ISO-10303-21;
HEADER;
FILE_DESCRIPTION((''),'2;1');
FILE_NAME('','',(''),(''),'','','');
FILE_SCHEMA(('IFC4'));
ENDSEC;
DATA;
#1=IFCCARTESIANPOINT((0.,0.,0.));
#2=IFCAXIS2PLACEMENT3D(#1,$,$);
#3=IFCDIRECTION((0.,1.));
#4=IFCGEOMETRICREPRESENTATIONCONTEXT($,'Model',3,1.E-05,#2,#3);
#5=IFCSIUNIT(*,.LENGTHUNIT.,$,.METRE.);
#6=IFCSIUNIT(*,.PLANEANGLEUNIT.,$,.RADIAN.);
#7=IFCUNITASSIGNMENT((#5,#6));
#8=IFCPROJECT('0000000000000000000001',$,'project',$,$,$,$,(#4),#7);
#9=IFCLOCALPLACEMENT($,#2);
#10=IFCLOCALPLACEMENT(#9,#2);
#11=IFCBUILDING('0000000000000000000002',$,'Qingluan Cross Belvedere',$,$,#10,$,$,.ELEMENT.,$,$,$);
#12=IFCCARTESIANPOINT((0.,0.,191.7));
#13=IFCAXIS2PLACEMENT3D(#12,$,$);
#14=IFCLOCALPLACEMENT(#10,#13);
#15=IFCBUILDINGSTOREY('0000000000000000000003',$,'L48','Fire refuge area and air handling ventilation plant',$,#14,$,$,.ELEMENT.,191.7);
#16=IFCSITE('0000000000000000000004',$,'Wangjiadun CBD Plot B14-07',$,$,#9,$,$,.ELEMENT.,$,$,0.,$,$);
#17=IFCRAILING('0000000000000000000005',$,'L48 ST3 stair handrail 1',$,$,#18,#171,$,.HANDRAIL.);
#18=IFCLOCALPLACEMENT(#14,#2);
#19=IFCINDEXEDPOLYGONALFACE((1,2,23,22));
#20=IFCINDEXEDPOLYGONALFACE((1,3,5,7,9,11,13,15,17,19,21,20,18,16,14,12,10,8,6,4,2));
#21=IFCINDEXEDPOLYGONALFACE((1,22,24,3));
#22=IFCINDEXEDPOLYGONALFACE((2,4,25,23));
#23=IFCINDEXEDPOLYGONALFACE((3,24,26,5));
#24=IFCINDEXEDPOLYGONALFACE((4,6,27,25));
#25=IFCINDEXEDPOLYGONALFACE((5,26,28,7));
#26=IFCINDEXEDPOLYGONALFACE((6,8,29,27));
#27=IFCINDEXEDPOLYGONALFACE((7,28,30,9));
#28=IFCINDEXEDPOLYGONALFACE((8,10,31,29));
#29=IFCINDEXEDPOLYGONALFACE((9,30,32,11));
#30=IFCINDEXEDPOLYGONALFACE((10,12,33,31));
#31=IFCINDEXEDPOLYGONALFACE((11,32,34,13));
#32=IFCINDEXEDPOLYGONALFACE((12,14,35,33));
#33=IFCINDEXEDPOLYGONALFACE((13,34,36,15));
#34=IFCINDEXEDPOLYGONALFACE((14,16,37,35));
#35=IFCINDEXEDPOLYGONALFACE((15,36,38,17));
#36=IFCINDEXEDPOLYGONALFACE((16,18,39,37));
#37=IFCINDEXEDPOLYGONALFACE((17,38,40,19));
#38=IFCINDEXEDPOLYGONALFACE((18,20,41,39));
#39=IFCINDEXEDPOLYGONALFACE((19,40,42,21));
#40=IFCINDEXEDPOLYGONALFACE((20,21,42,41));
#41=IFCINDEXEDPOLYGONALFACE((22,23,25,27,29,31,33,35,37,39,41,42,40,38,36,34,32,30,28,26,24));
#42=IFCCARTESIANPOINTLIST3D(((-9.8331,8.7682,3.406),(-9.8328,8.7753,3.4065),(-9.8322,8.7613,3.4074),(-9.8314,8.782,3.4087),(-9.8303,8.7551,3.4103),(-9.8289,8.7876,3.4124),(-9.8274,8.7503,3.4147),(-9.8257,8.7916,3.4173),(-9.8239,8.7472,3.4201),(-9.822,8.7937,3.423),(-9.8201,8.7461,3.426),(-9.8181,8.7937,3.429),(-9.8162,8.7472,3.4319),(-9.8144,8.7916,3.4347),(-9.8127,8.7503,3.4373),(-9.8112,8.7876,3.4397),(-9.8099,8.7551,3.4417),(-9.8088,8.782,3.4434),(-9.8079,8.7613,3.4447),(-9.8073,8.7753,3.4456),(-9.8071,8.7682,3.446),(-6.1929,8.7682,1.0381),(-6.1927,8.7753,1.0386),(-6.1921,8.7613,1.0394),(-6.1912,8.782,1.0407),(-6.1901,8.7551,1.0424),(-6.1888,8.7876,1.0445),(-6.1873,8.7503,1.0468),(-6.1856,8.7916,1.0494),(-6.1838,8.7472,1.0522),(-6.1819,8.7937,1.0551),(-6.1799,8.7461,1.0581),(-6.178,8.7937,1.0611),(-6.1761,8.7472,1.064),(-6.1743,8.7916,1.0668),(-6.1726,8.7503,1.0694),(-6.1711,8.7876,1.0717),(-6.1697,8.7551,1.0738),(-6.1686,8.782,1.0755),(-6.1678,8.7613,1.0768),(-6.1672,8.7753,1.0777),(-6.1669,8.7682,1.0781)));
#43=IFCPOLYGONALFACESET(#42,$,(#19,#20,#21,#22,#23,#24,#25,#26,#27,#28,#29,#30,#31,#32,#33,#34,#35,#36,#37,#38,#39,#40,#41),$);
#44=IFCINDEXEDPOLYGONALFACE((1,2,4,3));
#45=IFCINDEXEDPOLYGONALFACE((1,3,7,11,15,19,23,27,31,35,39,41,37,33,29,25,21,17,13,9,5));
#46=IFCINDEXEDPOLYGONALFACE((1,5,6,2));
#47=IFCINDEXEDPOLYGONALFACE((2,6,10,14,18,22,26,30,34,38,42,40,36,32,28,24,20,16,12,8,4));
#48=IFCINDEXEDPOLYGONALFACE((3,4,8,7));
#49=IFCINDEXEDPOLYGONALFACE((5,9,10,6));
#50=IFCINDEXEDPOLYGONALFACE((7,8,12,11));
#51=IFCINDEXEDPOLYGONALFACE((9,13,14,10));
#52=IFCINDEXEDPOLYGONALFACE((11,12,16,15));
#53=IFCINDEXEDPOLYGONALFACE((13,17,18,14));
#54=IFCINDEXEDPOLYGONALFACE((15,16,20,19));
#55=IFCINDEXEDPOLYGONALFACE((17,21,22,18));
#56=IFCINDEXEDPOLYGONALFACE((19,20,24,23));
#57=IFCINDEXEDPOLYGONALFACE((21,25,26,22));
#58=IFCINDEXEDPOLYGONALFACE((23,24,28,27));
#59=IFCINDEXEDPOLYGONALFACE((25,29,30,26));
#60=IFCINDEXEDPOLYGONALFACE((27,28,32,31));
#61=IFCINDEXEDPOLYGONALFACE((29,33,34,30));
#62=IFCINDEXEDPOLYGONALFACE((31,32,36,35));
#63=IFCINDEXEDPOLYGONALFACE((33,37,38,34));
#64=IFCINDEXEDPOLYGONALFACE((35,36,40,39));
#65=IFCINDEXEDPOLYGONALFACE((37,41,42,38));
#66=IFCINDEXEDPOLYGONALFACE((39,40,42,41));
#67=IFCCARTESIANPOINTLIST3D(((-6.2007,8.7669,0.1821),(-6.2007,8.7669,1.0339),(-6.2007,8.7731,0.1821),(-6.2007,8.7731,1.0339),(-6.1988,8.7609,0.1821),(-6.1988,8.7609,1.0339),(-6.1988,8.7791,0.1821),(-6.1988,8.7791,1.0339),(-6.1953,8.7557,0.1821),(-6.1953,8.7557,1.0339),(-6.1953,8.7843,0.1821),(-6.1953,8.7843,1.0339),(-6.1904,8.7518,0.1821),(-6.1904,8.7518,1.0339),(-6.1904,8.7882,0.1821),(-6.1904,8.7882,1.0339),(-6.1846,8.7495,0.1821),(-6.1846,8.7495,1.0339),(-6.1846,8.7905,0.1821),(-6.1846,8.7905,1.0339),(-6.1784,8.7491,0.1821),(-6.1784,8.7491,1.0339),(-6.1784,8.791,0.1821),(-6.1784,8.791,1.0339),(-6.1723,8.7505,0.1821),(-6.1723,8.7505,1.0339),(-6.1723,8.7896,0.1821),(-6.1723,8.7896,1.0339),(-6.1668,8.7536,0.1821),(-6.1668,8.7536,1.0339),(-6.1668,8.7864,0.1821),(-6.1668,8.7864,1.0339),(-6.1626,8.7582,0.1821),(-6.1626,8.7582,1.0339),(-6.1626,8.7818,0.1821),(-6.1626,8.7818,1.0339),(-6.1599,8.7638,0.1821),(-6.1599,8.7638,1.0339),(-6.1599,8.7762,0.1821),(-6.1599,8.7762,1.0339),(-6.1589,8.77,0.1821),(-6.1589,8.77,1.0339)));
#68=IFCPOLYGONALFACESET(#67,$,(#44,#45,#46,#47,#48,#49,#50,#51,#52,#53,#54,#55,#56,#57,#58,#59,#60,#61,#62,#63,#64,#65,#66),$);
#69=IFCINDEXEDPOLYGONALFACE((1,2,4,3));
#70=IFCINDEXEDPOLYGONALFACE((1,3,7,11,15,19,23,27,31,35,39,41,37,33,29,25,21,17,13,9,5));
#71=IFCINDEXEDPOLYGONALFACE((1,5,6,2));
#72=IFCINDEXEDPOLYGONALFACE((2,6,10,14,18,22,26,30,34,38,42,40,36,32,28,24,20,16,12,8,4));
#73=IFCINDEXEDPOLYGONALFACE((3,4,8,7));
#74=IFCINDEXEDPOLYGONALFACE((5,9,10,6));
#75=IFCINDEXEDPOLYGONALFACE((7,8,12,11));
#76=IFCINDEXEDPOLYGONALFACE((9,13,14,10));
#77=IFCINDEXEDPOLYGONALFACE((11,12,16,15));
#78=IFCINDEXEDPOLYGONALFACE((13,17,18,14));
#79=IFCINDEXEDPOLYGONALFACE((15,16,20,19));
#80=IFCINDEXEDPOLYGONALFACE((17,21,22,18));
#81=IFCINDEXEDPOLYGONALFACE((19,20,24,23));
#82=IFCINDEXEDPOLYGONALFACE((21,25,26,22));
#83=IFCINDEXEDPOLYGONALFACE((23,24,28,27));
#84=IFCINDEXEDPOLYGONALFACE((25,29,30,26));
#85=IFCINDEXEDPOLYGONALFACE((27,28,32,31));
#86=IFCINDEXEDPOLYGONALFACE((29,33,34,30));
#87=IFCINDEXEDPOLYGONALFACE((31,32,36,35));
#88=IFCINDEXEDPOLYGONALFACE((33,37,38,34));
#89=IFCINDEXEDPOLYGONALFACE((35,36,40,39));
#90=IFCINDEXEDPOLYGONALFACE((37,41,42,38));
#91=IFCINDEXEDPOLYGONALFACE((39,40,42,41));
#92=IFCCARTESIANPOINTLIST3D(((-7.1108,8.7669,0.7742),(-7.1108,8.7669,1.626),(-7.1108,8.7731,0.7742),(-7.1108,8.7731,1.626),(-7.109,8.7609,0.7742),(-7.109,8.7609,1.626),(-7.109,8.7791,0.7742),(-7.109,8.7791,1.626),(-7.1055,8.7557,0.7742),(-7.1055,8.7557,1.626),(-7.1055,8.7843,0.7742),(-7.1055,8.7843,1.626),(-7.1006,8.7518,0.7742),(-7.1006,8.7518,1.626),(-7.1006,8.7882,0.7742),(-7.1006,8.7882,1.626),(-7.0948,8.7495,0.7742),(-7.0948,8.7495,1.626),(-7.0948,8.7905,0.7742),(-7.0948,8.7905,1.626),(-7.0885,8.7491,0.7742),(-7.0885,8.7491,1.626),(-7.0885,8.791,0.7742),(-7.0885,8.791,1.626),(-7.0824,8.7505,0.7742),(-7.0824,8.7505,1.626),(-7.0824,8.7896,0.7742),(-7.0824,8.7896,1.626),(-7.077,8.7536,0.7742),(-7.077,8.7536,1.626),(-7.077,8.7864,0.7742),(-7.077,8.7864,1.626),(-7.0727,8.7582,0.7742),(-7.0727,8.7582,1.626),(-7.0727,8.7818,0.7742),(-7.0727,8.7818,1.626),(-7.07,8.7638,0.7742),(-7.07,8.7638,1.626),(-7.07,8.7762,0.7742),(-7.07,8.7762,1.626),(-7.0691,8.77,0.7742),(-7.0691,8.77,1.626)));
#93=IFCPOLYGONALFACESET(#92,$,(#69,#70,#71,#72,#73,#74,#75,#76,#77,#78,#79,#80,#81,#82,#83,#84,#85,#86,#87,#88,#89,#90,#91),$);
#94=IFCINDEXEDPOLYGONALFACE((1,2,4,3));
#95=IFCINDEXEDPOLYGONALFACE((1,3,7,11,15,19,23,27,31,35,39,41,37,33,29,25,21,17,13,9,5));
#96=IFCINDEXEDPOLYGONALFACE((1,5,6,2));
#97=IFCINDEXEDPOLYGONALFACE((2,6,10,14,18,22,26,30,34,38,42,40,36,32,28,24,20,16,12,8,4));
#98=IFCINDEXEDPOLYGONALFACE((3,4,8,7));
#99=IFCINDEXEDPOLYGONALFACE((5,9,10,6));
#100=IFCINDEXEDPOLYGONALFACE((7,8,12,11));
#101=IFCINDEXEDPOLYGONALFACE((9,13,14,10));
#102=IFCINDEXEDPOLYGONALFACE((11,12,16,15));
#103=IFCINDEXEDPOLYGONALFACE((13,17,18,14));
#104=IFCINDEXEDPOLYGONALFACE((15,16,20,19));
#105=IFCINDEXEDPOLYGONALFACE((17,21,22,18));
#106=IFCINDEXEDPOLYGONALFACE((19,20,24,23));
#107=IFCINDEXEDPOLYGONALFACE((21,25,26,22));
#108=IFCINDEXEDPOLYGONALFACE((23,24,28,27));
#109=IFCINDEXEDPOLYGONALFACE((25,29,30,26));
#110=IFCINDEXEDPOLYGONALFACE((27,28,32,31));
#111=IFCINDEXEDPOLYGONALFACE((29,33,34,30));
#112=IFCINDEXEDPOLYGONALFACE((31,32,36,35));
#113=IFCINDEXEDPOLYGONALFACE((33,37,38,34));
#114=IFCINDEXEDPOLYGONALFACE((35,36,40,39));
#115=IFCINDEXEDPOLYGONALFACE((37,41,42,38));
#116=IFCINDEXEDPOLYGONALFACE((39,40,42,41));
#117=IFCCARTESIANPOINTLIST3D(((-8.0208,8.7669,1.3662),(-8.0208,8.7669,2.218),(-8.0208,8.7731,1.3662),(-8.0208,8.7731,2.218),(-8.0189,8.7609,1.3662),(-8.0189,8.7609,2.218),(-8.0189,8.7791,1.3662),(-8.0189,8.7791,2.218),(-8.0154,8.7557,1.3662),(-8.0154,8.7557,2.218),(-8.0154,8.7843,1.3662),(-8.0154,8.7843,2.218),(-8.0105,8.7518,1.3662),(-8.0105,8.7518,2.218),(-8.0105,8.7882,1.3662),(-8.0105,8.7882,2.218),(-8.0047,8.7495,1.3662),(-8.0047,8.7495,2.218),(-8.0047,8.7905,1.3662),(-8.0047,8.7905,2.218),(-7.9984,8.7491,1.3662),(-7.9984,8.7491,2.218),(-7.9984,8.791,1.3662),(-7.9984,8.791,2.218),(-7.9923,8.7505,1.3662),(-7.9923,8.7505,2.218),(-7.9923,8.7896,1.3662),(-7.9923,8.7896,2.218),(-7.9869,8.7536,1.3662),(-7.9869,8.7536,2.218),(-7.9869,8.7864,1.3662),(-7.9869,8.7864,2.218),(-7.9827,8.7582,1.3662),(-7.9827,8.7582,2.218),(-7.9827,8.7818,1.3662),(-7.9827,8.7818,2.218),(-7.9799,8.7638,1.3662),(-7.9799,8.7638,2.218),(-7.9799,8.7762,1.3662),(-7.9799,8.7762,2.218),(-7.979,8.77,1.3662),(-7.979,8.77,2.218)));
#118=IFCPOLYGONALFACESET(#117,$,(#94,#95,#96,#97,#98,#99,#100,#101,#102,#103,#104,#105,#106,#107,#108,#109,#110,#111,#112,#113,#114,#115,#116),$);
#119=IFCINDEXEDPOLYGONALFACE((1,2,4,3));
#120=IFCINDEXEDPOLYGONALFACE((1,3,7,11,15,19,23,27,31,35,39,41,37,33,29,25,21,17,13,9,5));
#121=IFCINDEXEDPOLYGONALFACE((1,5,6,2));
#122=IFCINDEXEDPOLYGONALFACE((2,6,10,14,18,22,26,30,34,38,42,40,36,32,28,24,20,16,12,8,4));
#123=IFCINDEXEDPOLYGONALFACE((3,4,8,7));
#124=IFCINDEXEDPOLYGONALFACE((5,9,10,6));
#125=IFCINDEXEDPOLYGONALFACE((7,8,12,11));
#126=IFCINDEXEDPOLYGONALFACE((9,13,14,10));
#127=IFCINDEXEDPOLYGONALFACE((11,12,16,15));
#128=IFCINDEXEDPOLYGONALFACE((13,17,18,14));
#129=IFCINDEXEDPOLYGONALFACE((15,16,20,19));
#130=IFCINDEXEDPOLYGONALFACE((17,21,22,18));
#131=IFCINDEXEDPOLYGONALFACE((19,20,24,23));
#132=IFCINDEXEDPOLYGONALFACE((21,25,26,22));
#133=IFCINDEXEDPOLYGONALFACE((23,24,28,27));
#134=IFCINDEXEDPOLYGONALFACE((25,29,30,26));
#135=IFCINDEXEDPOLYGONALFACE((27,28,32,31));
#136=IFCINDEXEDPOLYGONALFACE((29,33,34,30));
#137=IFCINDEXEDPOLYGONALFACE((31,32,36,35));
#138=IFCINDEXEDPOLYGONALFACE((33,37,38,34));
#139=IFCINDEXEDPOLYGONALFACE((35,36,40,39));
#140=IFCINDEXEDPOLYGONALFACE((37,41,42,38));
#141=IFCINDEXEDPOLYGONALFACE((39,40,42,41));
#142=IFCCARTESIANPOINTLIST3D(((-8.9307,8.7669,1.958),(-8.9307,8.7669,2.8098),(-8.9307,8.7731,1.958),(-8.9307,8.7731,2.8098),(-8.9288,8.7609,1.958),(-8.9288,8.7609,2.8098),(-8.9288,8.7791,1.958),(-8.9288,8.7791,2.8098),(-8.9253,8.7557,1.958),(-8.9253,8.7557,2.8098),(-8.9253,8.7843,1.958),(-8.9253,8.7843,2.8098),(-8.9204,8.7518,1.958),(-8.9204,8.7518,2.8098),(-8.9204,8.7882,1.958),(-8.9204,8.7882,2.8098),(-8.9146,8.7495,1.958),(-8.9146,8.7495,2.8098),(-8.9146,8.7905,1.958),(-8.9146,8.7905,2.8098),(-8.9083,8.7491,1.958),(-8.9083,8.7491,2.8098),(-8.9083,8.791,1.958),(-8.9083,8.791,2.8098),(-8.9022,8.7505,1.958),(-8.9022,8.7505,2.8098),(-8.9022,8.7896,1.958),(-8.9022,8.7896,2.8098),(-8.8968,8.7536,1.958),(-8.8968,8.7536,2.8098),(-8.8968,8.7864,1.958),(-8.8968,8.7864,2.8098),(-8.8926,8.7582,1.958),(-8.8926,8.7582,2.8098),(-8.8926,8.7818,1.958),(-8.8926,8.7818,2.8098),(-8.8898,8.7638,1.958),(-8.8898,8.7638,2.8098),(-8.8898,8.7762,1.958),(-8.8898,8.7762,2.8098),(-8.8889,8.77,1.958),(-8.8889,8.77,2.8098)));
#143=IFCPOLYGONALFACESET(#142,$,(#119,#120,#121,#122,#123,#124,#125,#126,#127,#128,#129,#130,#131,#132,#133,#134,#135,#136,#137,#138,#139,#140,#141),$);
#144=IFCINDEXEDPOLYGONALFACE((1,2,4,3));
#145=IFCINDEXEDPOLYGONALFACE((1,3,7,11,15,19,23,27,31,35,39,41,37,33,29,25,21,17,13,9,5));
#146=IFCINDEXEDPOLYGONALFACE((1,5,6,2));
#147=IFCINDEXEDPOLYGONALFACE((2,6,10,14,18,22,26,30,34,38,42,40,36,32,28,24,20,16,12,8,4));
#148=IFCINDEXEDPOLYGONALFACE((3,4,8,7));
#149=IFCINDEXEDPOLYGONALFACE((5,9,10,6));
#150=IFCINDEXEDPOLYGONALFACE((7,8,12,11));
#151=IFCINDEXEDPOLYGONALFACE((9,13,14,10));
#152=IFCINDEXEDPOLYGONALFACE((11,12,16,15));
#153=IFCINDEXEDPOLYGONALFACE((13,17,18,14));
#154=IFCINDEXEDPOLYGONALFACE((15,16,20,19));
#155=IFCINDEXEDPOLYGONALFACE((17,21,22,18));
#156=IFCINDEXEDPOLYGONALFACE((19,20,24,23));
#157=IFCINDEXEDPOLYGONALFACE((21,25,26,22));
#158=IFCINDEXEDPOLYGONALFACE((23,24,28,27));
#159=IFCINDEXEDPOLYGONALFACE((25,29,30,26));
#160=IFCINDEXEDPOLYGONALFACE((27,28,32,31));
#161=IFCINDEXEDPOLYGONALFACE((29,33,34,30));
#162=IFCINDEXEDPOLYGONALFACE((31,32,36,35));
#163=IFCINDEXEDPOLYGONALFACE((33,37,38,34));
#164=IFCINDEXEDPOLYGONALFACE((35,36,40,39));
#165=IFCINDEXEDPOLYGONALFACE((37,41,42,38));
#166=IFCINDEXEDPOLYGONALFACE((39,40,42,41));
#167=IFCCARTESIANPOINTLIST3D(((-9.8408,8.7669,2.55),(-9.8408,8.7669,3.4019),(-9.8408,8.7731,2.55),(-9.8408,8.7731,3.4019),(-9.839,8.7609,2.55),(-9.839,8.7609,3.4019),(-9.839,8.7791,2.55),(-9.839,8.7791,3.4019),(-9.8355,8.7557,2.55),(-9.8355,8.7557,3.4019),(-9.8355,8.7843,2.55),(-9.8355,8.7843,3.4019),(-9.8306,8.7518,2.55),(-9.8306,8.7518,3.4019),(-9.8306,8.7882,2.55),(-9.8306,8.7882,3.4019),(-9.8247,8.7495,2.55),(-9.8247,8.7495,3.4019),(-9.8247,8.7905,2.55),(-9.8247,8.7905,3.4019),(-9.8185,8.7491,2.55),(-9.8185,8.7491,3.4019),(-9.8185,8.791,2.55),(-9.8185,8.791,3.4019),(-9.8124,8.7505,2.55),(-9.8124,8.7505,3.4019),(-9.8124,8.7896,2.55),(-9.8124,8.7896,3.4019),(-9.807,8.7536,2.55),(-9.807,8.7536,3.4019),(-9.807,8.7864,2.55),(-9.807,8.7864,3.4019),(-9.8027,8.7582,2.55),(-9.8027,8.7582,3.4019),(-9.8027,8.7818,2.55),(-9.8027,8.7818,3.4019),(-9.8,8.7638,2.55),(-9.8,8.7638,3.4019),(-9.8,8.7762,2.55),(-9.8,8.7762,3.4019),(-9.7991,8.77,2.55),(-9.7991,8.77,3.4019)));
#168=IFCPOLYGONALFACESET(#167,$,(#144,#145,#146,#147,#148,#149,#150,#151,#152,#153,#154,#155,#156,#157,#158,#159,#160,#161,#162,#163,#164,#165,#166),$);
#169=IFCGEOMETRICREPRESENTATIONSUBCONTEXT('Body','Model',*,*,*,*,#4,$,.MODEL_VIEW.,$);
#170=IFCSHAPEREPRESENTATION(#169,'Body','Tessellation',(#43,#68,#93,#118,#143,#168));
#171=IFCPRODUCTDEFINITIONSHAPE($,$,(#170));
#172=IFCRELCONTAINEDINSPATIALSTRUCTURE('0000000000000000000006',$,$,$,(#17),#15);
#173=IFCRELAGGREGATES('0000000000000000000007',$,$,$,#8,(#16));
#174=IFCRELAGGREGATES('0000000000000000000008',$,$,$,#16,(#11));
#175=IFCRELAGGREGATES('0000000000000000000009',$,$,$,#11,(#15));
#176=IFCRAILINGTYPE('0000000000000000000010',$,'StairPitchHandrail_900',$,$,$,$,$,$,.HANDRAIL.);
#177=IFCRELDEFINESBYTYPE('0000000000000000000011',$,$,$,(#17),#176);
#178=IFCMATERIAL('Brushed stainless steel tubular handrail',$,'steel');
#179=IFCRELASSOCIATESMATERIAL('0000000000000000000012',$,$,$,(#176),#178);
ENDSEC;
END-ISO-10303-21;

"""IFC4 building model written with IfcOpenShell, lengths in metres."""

from ifc_helpers import new_model, si_unit, direction, frame, origin, origin_2d, place, context, subcontext, project, spatial, circle, extrude, material, type_object, element, save


model = new_model("IFC4")

# Units and contexts
model_context = context("Model", 3, precision=1e-05, world=origin(), true_north=direction((0.0, 1.0)))
body_context = subcontext(model_context, "Body", "Model", "MODEL_VIEW")
ifc_project = project(units=[si_unit("LENGTHUNIT", "METRE"), si_unit("PLANEANGLEUNIT", "RADIAN")], contexts=[model_context])

# Site, building, storey
site_placement = place(None, origin())
site = spatial("IfcSite", under=ifc_project, at=site_placement, Name="Wangjiadun CBD Plot B14-07", CompositionType="ELEMENT", RefElevation=0.0)
building_placement = place(site_placement, origin())
building = spatial("IfcBuilding", under=site, at=building_placement, Name="Qingluan Cross Belvedere", CompositionType="ELEMENT")
storey_placement = place(building_placement, frame((0.0, 0.0, 191.7)))
storey = spatial("IfcBuildingStorey", under=building, at=storey_placement, Name="L48", Description="Fire refuge area and air handling ventilation plant", CompositionType="ELEMENT", Elevation=191.7)

# Railing
ifc_material_1 = material(Name="Brushed stainless steel tubular handrail", Category="steel")
railing_type = type_object("IfcRailingType", Name="StairPitchHandrail_900", PredefinedType="HANDRAIL", material=ifc_material_1)
railing_placement = place(storey_placement, frame((-6.1799, 8.77, 0.1821)))
element("IfcRailing", 1, at=railing_placement, inside=storey, type_object=railing_type, Name="L48 ST3 stair handrail 1", PredefinedType="HANDRAIL", context=body_context, shape_type="SweptSolid", body=[
    extrude(circle(Radius=0.0239, at=origin_2d()), frame((0.0, 0.0, 0.876), z_axis=(-0.838251, 0.0, 0.545285), x_axis=(0.0, -1.0, 0.0)), (0.0, 0.0, 1.0), 4.3425),
    extrude(circle(Radius=0.021, at=origin_2d()), origin(), (0.0, 0.0, 1.0), 0.8518),
    extrude(circle(Radius=0.021, at=origin_2d()), frame((-0.9102, 0.0, 0.592)), (0.0, 0.0, 1.0), 0.8518),
    extrude(circle(Radius=0.021, at=origin_2d()), frame((-1.8201, 0.0, 1.1841)), (0.0, 0.0, 1.0), 0.8518),
    extrude(circle(Radius=0.021, at=origin_2d()), frame((-2.73, 0.0, 1.7759)), (0.0, 0.0, 1.0), 0.8518),
    extrude(circle(Radius=0.021, at=origin_2d()), frame((-3.6401, 0.0, 2.3679)), (0.0, 0.0, 1.0), 0.8518),
])

save(model, "model.ifc")
